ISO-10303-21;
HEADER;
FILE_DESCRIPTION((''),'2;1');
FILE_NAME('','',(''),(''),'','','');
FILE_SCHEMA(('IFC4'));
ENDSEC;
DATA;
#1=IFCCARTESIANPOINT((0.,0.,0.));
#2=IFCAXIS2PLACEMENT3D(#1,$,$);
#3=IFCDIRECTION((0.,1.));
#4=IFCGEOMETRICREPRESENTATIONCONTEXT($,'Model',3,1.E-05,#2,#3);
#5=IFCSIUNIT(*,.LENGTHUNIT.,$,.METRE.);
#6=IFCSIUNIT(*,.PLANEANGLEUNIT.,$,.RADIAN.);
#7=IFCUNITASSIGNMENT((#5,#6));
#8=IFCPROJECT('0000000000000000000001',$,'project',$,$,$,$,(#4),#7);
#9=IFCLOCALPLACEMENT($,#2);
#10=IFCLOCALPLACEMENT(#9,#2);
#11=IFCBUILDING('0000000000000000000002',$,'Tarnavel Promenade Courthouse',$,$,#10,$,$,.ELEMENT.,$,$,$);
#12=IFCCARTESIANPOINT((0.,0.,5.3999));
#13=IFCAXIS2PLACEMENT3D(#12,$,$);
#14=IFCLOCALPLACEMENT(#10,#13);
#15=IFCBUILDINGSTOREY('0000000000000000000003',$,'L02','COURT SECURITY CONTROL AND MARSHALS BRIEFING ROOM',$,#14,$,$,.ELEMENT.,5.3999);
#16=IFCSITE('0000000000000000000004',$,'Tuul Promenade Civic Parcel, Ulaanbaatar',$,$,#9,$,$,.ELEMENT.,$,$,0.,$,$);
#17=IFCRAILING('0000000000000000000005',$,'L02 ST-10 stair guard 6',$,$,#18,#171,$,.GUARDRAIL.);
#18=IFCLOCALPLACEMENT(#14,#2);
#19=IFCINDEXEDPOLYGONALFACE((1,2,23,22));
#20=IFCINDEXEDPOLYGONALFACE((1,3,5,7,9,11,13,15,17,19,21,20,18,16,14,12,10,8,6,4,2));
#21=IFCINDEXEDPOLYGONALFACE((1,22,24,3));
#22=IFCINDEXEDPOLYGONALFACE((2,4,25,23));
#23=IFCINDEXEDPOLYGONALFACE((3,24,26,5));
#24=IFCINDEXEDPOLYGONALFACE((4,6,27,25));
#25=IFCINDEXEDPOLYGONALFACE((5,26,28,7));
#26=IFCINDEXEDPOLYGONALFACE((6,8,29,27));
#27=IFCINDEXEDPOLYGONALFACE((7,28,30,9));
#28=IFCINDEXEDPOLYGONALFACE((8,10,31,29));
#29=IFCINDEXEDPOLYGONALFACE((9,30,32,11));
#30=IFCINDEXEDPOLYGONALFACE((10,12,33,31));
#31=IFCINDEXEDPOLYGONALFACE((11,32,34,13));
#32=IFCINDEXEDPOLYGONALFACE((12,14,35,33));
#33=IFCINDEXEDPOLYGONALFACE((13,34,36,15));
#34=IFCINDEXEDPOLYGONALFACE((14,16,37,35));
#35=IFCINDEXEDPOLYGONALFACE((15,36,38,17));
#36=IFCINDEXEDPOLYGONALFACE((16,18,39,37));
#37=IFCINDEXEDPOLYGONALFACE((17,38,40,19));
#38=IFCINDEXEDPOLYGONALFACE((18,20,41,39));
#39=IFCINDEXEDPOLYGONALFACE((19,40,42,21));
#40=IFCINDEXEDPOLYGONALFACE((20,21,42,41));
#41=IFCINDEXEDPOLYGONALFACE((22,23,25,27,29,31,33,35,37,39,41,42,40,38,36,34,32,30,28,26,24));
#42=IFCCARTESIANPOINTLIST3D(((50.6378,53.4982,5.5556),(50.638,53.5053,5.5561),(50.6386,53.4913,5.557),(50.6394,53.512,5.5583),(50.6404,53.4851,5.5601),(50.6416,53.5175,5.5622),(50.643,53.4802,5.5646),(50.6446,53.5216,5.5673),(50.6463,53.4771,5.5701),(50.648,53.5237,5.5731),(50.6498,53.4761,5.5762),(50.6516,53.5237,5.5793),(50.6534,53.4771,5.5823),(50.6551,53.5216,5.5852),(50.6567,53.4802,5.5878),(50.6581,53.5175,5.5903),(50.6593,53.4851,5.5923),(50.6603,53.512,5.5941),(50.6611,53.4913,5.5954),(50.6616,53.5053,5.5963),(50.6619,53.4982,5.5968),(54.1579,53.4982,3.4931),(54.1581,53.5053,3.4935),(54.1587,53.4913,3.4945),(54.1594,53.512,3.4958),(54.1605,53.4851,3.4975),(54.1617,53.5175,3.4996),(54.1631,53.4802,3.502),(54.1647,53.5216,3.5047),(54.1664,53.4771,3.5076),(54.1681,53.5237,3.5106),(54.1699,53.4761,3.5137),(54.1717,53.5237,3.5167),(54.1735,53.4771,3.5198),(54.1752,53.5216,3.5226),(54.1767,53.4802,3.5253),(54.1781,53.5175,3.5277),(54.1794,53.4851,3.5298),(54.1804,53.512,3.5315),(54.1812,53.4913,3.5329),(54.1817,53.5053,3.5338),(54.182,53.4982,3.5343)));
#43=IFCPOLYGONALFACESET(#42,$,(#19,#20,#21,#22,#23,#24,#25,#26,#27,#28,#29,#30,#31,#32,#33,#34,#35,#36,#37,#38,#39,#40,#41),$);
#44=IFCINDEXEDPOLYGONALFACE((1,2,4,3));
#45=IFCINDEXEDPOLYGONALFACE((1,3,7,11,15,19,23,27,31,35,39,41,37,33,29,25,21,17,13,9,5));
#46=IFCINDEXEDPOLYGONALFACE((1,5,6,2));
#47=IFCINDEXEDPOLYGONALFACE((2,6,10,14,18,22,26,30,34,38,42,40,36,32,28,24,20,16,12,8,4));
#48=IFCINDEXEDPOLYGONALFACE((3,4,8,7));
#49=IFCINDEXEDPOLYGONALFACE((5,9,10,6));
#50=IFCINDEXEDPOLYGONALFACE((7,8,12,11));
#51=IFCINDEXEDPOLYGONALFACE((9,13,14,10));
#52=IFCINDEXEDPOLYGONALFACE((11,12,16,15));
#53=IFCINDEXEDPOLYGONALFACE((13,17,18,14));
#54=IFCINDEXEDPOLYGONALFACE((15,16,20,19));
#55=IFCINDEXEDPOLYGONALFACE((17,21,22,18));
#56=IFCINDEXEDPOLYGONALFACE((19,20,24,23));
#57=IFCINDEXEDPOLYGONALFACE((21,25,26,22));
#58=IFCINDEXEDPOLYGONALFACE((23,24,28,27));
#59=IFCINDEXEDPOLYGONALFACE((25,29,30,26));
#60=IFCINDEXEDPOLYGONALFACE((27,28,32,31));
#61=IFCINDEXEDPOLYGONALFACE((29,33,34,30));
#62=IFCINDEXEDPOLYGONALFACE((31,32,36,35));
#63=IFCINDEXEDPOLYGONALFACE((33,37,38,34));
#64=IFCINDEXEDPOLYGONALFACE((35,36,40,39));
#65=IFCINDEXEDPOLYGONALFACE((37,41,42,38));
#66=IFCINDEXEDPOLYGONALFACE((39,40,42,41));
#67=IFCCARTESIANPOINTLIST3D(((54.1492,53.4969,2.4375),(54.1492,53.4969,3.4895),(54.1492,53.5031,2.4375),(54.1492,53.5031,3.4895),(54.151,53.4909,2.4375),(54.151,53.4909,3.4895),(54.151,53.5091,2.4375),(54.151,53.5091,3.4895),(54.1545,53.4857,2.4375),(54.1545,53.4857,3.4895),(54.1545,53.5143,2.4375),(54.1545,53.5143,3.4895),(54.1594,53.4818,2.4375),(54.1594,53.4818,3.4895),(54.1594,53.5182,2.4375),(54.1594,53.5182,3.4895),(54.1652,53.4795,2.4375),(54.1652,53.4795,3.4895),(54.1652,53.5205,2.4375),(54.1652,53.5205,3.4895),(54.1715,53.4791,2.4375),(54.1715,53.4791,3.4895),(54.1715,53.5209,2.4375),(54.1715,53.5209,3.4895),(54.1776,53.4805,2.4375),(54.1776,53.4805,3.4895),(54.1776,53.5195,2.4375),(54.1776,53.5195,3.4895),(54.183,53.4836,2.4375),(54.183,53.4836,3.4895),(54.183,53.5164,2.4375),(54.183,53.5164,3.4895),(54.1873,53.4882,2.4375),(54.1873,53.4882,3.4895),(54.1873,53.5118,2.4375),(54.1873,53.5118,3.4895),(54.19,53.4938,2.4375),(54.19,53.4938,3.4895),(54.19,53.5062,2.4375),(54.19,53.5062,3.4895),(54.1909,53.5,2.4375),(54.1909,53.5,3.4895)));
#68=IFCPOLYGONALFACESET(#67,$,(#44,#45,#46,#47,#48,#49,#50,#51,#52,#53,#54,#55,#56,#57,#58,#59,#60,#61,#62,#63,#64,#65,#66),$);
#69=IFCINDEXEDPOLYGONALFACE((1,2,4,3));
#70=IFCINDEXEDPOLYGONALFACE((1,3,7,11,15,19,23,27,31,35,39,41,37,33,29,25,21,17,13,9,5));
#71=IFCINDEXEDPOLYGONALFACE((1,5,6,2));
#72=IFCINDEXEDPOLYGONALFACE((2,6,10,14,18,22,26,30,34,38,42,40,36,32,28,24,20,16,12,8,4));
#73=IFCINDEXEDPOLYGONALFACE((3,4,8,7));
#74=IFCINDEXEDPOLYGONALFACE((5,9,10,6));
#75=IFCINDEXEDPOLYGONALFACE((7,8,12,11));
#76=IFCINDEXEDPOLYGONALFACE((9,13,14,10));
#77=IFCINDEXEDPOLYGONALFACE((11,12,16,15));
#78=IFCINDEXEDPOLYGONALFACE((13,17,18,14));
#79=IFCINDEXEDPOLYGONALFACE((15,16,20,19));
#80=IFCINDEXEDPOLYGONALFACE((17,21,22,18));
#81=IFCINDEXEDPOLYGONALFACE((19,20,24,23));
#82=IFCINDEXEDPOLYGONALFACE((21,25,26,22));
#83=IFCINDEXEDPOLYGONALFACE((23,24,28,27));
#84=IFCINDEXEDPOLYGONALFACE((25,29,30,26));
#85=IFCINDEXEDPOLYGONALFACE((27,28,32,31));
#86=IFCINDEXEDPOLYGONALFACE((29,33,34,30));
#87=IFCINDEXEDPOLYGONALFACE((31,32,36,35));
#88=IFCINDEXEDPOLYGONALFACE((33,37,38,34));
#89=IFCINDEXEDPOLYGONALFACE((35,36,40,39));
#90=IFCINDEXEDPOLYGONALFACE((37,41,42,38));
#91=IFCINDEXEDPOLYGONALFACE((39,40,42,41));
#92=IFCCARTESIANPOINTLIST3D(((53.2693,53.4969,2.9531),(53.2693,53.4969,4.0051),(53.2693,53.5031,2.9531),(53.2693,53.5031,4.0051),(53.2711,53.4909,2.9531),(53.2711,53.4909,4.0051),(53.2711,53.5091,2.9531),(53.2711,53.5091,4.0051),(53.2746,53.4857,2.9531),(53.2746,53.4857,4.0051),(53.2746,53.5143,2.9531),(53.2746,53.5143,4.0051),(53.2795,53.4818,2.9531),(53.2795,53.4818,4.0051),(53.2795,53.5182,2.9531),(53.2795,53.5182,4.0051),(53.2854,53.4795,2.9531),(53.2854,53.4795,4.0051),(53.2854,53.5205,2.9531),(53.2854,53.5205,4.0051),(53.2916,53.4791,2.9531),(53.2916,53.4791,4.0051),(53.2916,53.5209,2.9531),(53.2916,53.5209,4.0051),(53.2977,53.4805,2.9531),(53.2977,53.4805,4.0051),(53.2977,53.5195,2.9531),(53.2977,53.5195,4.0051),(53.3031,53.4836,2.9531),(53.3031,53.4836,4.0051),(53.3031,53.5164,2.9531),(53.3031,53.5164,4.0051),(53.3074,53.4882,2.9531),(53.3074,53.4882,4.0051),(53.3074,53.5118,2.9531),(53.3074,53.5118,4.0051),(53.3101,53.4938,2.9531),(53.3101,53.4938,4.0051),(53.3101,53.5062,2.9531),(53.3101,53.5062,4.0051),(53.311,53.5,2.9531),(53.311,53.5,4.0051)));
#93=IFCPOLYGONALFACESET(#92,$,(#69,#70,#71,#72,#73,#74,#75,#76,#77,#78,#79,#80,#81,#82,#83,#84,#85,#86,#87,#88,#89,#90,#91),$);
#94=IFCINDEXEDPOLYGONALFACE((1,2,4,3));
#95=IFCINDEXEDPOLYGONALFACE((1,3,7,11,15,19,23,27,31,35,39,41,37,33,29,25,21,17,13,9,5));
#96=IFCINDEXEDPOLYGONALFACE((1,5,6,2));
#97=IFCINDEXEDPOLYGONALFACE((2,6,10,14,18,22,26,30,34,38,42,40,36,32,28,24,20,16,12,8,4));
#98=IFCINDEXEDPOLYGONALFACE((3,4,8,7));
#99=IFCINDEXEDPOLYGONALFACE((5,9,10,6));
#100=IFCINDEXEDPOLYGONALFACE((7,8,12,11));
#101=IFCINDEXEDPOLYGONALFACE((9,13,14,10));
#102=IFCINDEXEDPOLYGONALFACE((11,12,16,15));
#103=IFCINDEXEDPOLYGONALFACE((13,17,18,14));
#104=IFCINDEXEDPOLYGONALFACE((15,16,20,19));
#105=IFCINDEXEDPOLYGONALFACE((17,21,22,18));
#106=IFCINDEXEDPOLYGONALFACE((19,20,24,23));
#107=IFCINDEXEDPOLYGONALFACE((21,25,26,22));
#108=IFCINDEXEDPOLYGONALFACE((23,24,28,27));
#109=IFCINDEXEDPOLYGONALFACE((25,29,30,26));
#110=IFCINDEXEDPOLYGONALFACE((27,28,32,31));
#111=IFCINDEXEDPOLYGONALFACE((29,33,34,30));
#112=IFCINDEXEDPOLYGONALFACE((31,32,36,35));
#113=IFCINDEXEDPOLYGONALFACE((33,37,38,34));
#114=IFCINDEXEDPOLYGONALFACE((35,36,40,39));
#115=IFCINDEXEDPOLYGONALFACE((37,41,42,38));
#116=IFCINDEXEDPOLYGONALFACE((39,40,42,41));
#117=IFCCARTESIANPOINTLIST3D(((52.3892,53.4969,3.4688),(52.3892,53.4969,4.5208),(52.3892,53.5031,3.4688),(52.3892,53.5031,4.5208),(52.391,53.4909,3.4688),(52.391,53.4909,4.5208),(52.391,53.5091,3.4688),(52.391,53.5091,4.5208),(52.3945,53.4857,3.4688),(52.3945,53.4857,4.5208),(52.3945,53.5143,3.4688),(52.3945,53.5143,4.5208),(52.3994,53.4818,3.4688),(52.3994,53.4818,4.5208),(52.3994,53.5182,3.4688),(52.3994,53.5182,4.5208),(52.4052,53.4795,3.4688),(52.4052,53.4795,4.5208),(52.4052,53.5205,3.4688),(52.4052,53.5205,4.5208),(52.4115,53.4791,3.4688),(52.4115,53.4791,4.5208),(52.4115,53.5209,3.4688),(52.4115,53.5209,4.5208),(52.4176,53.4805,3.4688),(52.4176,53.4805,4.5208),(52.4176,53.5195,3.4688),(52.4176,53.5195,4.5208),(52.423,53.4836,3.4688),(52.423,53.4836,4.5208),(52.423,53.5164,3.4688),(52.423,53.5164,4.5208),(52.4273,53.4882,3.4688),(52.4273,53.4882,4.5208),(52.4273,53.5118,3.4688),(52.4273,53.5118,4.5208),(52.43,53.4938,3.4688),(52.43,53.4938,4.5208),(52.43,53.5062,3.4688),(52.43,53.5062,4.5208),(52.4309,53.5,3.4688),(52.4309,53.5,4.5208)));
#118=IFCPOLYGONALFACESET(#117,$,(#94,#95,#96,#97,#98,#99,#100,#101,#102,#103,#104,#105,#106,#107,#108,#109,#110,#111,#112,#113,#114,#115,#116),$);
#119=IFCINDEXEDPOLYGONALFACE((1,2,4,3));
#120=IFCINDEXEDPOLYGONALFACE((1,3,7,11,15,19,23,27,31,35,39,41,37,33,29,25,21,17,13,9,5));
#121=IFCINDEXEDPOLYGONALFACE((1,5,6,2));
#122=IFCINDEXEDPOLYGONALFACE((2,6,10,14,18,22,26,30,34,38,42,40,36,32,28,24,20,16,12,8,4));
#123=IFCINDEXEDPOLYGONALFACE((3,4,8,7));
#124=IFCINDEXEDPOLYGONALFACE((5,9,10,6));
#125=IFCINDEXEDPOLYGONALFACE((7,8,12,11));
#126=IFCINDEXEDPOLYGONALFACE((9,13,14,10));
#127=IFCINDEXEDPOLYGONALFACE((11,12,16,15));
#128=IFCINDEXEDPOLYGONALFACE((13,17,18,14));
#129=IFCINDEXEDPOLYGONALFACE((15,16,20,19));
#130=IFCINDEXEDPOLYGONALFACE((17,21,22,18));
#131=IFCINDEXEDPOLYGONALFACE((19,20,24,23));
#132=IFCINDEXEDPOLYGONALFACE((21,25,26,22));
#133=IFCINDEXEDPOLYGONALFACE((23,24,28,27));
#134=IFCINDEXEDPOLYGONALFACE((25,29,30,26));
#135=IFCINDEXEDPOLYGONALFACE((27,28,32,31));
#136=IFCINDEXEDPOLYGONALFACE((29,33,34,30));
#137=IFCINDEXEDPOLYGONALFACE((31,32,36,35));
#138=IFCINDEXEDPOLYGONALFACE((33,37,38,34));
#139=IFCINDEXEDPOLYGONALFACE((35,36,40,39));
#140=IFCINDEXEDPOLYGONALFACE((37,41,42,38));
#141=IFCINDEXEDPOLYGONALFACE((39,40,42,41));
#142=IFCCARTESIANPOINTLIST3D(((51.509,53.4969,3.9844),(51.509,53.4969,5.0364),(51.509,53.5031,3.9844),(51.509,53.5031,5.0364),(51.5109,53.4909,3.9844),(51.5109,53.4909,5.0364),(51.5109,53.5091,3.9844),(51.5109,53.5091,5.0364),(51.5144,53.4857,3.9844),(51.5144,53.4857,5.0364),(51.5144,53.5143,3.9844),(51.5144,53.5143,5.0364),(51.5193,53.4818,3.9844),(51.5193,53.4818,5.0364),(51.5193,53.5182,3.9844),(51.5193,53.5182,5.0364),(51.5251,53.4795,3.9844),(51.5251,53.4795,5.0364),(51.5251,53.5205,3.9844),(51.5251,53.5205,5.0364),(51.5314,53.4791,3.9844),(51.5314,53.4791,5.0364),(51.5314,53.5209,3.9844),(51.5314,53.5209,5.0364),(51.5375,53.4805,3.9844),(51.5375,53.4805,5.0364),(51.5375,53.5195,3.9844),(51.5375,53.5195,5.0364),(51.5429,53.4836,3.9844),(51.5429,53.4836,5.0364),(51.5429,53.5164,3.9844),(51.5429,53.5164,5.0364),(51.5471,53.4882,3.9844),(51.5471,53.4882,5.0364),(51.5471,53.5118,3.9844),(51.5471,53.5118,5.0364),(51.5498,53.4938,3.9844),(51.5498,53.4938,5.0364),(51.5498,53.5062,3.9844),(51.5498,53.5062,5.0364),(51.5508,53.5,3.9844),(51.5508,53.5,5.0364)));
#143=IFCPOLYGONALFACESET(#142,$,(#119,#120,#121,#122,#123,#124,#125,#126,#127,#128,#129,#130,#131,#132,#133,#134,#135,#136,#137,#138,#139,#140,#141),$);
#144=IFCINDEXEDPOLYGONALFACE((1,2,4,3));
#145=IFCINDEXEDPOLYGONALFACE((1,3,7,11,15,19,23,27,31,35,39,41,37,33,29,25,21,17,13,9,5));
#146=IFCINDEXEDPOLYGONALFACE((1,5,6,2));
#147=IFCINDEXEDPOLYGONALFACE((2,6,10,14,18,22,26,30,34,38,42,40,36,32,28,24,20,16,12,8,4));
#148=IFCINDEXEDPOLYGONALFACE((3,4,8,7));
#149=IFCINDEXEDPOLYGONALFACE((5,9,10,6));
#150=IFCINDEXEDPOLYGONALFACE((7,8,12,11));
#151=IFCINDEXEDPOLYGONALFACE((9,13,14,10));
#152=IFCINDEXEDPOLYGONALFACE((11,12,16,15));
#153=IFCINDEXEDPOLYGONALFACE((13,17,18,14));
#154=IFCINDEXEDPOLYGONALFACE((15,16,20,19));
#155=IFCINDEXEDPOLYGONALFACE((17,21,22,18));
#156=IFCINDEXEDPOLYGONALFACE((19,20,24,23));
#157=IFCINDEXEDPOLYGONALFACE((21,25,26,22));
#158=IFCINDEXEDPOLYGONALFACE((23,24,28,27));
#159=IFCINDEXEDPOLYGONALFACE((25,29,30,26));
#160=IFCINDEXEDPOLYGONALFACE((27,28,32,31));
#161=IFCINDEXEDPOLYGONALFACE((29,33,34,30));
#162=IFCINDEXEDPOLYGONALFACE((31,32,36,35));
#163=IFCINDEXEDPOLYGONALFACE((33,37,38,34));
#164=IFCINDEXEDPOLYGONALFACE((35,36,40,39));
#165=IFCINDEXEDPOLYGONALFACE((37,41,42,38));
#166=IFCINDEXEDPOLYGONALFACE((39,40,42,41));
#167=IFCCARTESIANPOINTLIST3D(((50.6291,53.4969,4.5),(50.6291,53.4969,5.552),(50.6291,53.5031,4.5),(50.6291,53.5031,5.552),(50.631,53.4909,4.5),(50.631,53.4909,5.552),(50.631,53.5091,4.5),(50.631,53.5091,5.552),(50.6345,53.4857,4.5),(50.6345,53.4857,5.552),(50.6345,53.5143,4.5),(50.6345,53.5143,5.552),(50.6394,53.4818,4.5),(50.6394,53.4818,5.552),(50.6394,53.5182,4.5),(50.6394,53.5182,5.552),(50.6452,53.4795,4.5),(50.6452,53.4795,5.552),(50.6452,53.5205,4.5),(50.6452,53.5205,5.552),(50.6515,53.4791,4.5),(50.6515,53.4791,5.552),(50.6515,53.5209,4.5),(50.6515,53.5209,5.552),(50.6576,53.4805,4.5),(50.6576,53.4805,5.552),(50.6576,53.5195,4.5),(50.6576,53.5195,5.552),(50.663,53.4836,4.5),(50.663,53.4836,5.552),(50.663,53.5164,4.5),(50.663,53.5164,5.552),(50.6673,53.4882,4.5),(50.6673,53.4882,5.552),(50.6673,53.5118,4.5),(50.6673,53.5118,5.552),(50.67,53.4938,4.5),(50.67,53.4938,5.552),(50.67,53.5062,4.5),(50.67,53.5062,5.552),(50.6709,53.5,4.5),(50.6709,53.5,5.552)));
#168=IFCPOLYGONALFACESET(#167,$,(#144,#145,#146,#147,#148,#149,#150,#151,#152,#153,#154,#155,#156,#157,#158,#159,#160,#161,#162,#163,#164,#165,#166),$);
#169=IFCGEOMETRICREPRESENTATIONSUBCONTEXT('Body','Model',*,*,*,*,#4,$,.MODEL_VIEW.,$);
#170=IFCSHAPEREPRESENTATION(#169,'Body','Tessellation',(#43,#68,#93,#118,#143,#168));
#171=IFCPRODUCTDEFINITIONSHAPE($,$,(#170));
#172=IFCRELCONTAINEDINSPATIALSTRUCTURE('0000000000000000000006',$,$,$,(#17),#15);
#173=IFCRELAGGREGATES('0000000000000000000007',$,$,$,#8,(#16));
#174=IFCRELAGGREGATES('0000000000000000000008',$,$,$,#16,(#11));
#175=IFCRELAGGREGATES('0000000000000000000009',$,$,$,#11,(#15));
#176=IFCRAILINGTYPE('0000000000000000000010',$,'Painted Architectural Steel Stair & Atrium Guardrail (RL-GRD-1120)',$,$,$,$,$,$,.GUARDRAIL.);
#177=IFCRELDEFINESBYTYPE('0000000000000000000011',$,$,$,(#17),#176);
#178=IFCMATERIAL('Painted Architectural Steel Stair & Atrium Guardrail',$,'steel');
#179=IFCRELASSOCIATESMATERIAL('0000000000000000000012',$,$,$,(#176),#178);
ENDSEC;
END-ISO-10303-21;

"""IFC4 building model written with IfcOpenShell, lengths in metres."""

from ifc_helpers import new_model, si_unit, direction, frame, origin, origin_2d, place, context, subcontext, project, spatial, circle, extrude, material, type_object, element, save


model = new_model("IFC4")

# Units and contexts
model_context = context("Model", 3, precision=1e-05, world=origin(), true_north=direction((0.0, 1.0)))
body_context = subcontext(model_context, "Body", "Model", "MODEL_VIEW")
ifc_project = project(units=[si_unit("LENGTHUNIT", "METRE"), si_unit("PLANEANGLEUNIT", "RADIAN")], contexts=[model_context])

# Site, building, storey
site_placement = place(None, origin())
site = spatial("IfcSite", under=ifc_project, at=site_placement, Name="Tuul Promenade Civic Parcel, Ulaanbaatar", CompositionType="ELEMENT", RefElevation=0.0)
building_placement = place(site_placement, origin())
building = spatial("IfcBuilding", under=site, at=building_placement, Name="Tarnavel Promenade Courthouse", CompositionType="ELEMENT")
storey_placement = place(building_placement, frame((0.0, 0.0, 5.3999)))
storey = spatial("IfcBuildingStorey", under=building, at=storey_placement, Name="L02", Description="COURT SECURITY CONTROL AND MARSHALS BRIEFING ROOM", CompositionType="ELEMENT", Elevation=5.3999)

# Railing
ifc_material_1 = material(Name="Painted Architectural Steel Stair & Atrium Guardrail", Category="steel")
railing_type_1 = type_object("IfcRailingType", Name="Painted Architectural Steel Stair & Atrium Guardrail (RL-GRD-1120)", PredefinedType="GUARDRAIL", material=ifc_material_1)
railing_1_placement = place(storey_placement, frame((54.1699, 53.5, 2.4375)))
element("IfcRailing", 1, at=railing_1_placement, inside=storey, type_object=railing_type_1, Name="L02 ST-10 stair guard 6", PredefinedType="GUARDRAIL", context=body_context, shape_type="SweptSolid", body=[
    extrude(circle(Radius=0.0239, at=origin_2d()), frame((0.0, 0.0, 1.0762), z_axis=(-0.862801, 0.0, 0.505544), x_axis=(0.0, -1.0, 0.0)), (0.0, 0.0, 1.0), 4.0798),
    extrude(circle(Radius=0.021, at=origin_2d()), origin(), (0.0, 0.0, 1.0), 1.052),
    extrude(circle(Radius=0.021, at=origin_2d()), frame((-0.8799, 0.0, 0.5156)), (0.0, 0.0, 1.0), 1.052),
    extrude(circle(Radius=0.021, at=origin_2d()), frame((-1.76, 0.0, 1.0312)), (0.0, 0.0, 1.0), 1.052),
    extrude(circle(Radius=0.021, at=origin_2d()), frame((-2.6401, 0.0, 1.5469)), (0.0, 0.0, 1.0), 1.052),
    extrude(circle(Radius=0.021, at=origin_2d()), frame((-3.52, 0.0, 2.0625)), (0.0, 0.0, 1.0), 1.052),
])

save(model, "model.ifc")
